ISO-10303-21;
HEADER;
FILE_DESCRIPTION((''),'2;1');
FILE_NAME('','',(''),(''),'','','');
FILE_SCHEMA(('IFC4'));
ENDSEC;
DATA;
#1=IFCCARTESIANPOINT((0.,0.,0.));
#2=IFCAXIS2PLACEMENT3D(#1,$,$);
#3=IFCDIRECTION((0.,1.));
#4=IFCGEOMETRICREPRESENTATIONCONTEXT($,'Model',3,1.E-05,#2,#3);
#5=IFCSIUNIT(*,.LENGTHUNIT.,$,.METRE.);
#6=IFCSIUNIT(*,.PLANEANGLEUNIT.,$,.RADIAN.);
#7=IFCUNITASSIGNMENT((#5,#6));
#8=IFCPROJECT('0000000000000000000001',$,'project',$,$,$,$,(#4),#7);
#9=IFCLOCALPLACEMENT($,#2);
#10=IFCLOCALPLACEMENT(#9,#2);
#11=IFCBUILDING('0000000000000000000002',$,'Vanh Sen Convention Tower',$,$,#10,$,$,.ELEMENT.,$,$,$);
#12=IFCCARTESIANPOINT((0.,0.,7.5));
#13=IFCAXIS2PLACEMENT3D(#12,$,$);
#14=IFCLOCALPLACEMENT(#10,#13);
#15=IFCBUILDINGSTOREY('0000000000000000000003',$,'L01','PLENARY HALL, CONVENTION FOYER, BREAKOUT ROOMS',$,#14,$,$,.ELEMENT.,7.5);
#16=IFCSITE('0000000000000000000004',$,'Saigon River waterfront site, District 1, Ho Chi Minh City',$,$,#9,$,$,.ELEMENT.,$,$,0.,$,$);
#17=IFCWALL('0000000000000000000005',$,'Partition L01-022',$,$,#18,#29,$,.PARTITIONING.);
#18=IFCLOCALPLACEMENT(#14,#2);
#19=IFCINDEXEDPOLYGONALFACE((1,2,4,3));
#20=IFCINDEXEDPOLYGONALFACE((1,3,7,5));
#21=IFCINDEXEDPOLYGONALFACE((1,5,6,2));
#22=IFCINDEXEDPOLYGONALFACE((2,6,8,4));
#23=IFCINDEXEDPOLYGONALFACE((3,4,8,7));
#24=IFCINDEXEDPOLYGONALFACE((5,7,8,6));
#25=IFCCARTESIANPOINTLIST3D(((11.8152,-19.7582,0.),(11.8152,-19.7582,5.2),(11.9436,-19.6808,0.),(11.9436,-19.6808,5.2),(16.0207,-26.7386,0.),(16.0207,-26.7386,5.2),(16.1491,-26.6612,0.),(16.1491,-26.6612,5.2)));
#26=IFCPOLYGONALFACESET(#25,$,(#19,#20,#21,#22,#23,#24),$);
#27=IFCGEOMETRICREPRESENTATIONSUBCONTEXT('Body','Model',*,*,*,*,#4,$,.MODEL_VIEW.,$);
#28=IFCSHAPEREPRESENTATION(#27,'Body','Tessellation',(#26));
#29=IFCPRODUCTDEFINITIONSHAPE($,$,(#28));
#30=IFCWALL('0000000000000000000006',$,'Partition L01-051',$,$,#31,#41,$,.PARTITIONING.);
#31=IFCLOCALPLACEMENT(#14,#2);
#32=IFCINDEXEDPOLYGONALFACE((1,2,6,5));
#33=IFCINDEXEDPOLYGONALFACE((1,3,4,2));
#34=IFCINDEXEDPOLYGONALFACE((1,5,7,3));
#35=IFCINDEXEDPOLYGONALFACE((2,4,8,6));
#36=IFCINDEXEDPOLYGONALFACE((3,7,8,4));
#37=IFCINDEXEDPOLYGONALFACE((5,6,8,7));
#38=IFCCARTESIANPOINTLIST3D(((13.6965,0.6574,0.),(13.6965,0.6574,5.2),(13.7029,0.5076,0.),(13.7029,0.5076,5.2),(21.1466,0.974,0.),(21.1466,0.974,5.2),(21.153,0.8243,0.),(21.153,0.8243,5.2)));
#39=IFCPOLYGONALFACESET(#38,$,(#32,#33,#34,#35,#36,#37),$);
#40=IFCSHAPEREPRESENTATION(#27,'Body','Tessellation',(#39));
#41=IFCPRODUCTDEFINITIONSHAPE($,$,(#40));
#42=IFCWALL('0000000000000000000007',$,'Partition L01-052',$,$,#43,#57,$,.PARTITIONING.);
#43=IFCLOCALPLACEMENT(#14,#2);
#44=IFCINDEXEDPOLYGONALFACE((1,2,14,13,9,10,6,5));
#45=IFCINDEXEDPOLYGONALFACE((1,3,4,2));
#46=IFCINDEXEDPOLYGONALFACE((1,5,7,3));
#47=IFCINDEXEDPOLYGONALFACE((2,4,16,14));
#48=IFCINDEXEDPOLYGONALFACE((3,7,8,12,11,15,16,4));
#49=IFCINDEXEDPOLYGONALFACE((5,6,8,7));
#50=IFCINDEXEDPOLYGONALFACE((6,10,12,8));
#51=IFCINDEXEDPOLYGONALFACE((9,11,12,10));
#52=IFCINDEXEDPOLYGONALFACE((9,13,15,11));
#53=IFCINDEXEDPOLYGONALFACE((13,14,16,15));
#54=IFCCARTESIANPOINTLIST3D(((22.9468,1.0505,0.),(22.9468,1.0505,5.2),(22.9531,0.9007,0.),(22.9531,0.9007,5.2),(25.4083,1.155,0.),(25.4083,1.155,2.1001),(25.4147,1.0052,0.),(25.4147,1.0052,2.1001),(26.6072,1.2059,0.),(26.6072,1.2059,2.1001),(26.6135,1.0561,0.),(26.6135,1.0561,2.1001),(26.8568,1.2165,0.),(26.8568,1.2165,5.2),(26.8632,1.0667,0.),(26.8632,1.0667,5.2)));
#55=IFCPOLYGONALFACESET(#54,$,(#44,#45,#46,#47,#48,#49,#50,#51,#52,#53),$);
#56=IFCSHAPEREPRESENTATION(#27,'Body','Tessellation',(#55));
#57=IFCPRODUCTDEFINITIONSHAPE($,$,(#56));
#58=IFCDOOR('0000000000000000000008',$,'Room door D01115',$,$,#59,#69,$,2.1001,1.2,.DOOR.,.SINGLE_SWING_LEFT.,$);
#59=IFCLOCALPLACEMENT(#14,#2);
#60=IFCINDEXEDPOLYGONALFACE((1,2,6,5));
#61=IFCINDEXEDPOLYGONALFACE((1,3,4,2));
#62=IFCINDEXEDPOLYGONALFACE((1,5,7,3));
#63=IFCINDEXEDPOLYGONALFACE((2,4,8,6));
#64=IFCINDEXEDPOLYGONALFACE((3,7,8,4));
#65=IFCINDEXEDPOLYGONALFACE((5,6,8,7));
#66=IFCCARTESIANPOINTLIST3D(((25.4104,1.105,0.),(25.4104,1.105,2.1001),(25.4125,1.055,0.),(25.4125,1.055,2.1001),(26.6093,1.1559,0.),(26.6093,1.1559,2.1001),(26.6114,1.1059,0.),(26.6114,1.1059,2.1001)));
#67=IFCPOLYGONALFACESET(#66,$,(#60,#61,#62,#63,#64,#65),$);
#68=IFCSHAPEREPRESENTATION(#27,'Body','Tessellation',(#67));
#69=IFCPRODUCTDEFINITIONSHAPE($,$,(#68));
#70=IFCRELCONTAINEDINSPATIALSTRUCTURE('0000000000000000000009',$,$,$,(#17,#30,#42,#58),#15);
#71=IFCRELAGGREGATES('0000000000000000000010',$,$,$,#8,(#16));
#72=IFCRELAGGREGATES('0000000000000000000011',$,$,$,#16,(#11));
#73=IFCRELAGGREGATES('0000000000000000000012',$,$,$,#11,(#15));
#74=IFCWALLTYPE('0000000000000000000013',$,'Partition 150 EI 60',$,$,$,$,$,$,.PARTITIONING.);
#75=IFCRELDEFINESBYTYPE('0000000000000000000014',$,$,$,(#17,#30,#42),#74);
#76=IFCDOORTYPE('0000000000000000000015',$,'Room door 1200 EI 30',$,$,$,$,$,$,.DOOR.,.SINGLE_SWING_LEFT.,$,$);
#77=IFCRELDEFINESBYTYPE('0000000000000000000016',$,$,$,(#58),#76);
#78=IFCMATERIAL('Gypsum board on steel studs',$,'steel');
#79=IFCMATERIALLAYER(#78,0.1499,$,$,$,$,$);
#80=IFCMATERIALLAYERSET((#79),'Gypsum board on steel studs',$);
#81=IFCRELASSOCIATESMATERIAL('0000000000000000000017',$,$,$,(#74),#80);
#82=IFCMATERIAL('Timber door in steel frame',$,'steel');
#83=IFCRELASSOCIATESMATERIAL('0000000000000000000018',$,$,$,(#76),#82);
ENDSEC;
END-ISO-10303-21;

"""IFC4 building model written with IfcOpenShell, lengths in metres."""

from ifc_helpers import new_model, si_unit, direction, frame, frame_2d, origin, place, context, subcontext, project, spatial, rectangle, extrude, material, layer, layer_set, type_object, element, fill, save


model = new_model("IFC4")

# Units and contexts
model_context = context("Model", 3, precision=1e-05, world=origin(), true_north=direction((0.0, 1.0)))
body_context = subcontext(model_context, "Body", "Model", "MODEL_VIEW")
ifc_project = project(units=[si_unit("LENGTHUNIT", "METRE"), si_unit("PLANEANGLEUNIT", "RADIAN")], contexts=[model_context])

# Site, building, storey
site_placement = place(None, origin())
site = spatial("IfcSite", under=ifc_project, at=site_placement, Name="Saigon River waterfront site, District 1, Ho Chi Minh City", CompositionType="ELEMENT", RefElevation=0.0)
building_placement = place(site_placement, origin())
building = spatial("IfcBuilding", under=site, at=building_placement, Name="Vanh Sen Convention Tower", CompositionType="ELEMENT")
storey_placement = place(building_placement, frame((0.0, 0.0, 7.5)))
storey = spatial("IfcBuildingStorey", under=building, at=storey_placement, Name="L01", Description="PLENARY HALL, CONVENTION FOYER, BREAKOUT ROOMS", CompositionType="ELEMENT", Elevation=7.5)

# Shared definitions
ifc_material_1 = material(Name="Timber door in steel frame", Category="steel")

# Shared definitions
ifc_material_2 = material(Name="Gypsum board on steel studs", Category="steel")

# Walls
ifc_layer_1 = layer(ifc_material_2, 0.1499)
ifc_layer_set_1 = layer_set([ifc_layer_1], Name="Gypsum board on steel studs")
wall_type_1 = type_object("IfcWallType", Name="Partition 150 EI 60", PredefinedType="PARTITIONING", material=ifc_layer_set_1)
wall_1_placement = place(storey_placement, frame((11.8794, -19.7195, 0.0), z_axis=(0.0, 0.0, 1.0), x_axis=(0.516054, -0.856556, 0.0)))
element("IfcWall", 1, at=wall_1_placement, inside=storey, type_object=wall_type_1, Name="Partition L01-022", PredefinedType="PARTITIONING", context=body_context, shape_type="SweptSolid", body=[
    extrude(rectangle(XDim=8.1494, YDim=0.1499, at=frame_2d((4.0747, 0.0))), origin(), (0.0, 0.0, 1.0), 5.2),
])
wall_2_placement = place(storey_placement, frame((21.1499, 0.8992, 0.0), z_axis=(0.0, 0.0, 1.0), x_axis=(-0.999098, -0.042465, 0.0)))
element("IfcWall", 2, at=wall_2_placement, inside=storey, type_object=wall_type_1, Name="Partition L01-051", PredefinedType="PARTITIONING", context=body_context, shape_type="SweptSolid", body=[
    extrude(rectangle(XDim=7.4568, YDim=0.1499, at=frame_2d((3.7285, 0.0))), origin(), (0.0, 0.0, 1.0), 5.2),
])

# Wall, opening, door
wall_3_placement = place(storey_placement, frame((22.95, 0.9756, 0.0), z_axis=(0.0, 0.0, 1.0), x_axis=(0.9991, 0.042419, 0.0)))
wall_3 = element("IfcWall", 3, at=wall_3_placement, inside=storey, type_object=wall_type_1, Name="Partition L01-052", PredefinedType="PARTITIONING", context=body_context, shape_type="SweptSolid", body=[
    extrude(rectangle(XDim=3.9136, YDim=0.1499, at=frame_2d((1.9568, 0.0))), origin(), (0.0, 0.0, 1.0), 5.2),
])
opening_1_placement = place(wall_3_placement, frame((2.4636, 0.0, 0.0)))
opening_1 = element("IfcOpeningElement", 4, at=opening_1_placement, cuts=wall_3, PredefinedType="OPENING", context=body_context, shape_type="SweptSolid", body=[
    extrude(rectangle(XDim=1.2, YDim=2.1001, at=frame_2d((0.6001, 1.05))), frame((0.0, 0.085, 0.0), z_axis=(0.0, -1.0, 0.0), x_axis=(1.0, 0.0, 0.0)), (0.0, 0.0, 1.0), 0.1699),
])
door_type_1 = type_object("IfcDoorType", Name="Room door 1200 EI 30", OperationType="SINGLE_SWING_LEFT", PredefinedType="DOOR", material=ifc_material_1)
door_1_placement = place(opening_1_placement, origin())
door_1 = element("IfcDoor", 5, at=door_1_placement, inside=storey, type_object=door_type_1, Name="Room door D01115", OperationType="SINGLE_SWING_LEFT", OverallHeight=2.1001, OverallWidth=1.2, PredefinedType="DOOR", context=body_context, shape_type="SweptSolid", body=[
    extrude(rectangle(XDim=1.2, YDim=2.1001, at=frame_2d((0.6001, 1.05))), frame((0.0, 0.0249, 0.0), z_axis=(0.0, -1.0, 0.0), x_axis=(1.0, 0.0, 0.0)), (0.0, 0.0, 1.0), 0.05),
])
fill(opening_1, door_1)

save(model, "model.ifc")
